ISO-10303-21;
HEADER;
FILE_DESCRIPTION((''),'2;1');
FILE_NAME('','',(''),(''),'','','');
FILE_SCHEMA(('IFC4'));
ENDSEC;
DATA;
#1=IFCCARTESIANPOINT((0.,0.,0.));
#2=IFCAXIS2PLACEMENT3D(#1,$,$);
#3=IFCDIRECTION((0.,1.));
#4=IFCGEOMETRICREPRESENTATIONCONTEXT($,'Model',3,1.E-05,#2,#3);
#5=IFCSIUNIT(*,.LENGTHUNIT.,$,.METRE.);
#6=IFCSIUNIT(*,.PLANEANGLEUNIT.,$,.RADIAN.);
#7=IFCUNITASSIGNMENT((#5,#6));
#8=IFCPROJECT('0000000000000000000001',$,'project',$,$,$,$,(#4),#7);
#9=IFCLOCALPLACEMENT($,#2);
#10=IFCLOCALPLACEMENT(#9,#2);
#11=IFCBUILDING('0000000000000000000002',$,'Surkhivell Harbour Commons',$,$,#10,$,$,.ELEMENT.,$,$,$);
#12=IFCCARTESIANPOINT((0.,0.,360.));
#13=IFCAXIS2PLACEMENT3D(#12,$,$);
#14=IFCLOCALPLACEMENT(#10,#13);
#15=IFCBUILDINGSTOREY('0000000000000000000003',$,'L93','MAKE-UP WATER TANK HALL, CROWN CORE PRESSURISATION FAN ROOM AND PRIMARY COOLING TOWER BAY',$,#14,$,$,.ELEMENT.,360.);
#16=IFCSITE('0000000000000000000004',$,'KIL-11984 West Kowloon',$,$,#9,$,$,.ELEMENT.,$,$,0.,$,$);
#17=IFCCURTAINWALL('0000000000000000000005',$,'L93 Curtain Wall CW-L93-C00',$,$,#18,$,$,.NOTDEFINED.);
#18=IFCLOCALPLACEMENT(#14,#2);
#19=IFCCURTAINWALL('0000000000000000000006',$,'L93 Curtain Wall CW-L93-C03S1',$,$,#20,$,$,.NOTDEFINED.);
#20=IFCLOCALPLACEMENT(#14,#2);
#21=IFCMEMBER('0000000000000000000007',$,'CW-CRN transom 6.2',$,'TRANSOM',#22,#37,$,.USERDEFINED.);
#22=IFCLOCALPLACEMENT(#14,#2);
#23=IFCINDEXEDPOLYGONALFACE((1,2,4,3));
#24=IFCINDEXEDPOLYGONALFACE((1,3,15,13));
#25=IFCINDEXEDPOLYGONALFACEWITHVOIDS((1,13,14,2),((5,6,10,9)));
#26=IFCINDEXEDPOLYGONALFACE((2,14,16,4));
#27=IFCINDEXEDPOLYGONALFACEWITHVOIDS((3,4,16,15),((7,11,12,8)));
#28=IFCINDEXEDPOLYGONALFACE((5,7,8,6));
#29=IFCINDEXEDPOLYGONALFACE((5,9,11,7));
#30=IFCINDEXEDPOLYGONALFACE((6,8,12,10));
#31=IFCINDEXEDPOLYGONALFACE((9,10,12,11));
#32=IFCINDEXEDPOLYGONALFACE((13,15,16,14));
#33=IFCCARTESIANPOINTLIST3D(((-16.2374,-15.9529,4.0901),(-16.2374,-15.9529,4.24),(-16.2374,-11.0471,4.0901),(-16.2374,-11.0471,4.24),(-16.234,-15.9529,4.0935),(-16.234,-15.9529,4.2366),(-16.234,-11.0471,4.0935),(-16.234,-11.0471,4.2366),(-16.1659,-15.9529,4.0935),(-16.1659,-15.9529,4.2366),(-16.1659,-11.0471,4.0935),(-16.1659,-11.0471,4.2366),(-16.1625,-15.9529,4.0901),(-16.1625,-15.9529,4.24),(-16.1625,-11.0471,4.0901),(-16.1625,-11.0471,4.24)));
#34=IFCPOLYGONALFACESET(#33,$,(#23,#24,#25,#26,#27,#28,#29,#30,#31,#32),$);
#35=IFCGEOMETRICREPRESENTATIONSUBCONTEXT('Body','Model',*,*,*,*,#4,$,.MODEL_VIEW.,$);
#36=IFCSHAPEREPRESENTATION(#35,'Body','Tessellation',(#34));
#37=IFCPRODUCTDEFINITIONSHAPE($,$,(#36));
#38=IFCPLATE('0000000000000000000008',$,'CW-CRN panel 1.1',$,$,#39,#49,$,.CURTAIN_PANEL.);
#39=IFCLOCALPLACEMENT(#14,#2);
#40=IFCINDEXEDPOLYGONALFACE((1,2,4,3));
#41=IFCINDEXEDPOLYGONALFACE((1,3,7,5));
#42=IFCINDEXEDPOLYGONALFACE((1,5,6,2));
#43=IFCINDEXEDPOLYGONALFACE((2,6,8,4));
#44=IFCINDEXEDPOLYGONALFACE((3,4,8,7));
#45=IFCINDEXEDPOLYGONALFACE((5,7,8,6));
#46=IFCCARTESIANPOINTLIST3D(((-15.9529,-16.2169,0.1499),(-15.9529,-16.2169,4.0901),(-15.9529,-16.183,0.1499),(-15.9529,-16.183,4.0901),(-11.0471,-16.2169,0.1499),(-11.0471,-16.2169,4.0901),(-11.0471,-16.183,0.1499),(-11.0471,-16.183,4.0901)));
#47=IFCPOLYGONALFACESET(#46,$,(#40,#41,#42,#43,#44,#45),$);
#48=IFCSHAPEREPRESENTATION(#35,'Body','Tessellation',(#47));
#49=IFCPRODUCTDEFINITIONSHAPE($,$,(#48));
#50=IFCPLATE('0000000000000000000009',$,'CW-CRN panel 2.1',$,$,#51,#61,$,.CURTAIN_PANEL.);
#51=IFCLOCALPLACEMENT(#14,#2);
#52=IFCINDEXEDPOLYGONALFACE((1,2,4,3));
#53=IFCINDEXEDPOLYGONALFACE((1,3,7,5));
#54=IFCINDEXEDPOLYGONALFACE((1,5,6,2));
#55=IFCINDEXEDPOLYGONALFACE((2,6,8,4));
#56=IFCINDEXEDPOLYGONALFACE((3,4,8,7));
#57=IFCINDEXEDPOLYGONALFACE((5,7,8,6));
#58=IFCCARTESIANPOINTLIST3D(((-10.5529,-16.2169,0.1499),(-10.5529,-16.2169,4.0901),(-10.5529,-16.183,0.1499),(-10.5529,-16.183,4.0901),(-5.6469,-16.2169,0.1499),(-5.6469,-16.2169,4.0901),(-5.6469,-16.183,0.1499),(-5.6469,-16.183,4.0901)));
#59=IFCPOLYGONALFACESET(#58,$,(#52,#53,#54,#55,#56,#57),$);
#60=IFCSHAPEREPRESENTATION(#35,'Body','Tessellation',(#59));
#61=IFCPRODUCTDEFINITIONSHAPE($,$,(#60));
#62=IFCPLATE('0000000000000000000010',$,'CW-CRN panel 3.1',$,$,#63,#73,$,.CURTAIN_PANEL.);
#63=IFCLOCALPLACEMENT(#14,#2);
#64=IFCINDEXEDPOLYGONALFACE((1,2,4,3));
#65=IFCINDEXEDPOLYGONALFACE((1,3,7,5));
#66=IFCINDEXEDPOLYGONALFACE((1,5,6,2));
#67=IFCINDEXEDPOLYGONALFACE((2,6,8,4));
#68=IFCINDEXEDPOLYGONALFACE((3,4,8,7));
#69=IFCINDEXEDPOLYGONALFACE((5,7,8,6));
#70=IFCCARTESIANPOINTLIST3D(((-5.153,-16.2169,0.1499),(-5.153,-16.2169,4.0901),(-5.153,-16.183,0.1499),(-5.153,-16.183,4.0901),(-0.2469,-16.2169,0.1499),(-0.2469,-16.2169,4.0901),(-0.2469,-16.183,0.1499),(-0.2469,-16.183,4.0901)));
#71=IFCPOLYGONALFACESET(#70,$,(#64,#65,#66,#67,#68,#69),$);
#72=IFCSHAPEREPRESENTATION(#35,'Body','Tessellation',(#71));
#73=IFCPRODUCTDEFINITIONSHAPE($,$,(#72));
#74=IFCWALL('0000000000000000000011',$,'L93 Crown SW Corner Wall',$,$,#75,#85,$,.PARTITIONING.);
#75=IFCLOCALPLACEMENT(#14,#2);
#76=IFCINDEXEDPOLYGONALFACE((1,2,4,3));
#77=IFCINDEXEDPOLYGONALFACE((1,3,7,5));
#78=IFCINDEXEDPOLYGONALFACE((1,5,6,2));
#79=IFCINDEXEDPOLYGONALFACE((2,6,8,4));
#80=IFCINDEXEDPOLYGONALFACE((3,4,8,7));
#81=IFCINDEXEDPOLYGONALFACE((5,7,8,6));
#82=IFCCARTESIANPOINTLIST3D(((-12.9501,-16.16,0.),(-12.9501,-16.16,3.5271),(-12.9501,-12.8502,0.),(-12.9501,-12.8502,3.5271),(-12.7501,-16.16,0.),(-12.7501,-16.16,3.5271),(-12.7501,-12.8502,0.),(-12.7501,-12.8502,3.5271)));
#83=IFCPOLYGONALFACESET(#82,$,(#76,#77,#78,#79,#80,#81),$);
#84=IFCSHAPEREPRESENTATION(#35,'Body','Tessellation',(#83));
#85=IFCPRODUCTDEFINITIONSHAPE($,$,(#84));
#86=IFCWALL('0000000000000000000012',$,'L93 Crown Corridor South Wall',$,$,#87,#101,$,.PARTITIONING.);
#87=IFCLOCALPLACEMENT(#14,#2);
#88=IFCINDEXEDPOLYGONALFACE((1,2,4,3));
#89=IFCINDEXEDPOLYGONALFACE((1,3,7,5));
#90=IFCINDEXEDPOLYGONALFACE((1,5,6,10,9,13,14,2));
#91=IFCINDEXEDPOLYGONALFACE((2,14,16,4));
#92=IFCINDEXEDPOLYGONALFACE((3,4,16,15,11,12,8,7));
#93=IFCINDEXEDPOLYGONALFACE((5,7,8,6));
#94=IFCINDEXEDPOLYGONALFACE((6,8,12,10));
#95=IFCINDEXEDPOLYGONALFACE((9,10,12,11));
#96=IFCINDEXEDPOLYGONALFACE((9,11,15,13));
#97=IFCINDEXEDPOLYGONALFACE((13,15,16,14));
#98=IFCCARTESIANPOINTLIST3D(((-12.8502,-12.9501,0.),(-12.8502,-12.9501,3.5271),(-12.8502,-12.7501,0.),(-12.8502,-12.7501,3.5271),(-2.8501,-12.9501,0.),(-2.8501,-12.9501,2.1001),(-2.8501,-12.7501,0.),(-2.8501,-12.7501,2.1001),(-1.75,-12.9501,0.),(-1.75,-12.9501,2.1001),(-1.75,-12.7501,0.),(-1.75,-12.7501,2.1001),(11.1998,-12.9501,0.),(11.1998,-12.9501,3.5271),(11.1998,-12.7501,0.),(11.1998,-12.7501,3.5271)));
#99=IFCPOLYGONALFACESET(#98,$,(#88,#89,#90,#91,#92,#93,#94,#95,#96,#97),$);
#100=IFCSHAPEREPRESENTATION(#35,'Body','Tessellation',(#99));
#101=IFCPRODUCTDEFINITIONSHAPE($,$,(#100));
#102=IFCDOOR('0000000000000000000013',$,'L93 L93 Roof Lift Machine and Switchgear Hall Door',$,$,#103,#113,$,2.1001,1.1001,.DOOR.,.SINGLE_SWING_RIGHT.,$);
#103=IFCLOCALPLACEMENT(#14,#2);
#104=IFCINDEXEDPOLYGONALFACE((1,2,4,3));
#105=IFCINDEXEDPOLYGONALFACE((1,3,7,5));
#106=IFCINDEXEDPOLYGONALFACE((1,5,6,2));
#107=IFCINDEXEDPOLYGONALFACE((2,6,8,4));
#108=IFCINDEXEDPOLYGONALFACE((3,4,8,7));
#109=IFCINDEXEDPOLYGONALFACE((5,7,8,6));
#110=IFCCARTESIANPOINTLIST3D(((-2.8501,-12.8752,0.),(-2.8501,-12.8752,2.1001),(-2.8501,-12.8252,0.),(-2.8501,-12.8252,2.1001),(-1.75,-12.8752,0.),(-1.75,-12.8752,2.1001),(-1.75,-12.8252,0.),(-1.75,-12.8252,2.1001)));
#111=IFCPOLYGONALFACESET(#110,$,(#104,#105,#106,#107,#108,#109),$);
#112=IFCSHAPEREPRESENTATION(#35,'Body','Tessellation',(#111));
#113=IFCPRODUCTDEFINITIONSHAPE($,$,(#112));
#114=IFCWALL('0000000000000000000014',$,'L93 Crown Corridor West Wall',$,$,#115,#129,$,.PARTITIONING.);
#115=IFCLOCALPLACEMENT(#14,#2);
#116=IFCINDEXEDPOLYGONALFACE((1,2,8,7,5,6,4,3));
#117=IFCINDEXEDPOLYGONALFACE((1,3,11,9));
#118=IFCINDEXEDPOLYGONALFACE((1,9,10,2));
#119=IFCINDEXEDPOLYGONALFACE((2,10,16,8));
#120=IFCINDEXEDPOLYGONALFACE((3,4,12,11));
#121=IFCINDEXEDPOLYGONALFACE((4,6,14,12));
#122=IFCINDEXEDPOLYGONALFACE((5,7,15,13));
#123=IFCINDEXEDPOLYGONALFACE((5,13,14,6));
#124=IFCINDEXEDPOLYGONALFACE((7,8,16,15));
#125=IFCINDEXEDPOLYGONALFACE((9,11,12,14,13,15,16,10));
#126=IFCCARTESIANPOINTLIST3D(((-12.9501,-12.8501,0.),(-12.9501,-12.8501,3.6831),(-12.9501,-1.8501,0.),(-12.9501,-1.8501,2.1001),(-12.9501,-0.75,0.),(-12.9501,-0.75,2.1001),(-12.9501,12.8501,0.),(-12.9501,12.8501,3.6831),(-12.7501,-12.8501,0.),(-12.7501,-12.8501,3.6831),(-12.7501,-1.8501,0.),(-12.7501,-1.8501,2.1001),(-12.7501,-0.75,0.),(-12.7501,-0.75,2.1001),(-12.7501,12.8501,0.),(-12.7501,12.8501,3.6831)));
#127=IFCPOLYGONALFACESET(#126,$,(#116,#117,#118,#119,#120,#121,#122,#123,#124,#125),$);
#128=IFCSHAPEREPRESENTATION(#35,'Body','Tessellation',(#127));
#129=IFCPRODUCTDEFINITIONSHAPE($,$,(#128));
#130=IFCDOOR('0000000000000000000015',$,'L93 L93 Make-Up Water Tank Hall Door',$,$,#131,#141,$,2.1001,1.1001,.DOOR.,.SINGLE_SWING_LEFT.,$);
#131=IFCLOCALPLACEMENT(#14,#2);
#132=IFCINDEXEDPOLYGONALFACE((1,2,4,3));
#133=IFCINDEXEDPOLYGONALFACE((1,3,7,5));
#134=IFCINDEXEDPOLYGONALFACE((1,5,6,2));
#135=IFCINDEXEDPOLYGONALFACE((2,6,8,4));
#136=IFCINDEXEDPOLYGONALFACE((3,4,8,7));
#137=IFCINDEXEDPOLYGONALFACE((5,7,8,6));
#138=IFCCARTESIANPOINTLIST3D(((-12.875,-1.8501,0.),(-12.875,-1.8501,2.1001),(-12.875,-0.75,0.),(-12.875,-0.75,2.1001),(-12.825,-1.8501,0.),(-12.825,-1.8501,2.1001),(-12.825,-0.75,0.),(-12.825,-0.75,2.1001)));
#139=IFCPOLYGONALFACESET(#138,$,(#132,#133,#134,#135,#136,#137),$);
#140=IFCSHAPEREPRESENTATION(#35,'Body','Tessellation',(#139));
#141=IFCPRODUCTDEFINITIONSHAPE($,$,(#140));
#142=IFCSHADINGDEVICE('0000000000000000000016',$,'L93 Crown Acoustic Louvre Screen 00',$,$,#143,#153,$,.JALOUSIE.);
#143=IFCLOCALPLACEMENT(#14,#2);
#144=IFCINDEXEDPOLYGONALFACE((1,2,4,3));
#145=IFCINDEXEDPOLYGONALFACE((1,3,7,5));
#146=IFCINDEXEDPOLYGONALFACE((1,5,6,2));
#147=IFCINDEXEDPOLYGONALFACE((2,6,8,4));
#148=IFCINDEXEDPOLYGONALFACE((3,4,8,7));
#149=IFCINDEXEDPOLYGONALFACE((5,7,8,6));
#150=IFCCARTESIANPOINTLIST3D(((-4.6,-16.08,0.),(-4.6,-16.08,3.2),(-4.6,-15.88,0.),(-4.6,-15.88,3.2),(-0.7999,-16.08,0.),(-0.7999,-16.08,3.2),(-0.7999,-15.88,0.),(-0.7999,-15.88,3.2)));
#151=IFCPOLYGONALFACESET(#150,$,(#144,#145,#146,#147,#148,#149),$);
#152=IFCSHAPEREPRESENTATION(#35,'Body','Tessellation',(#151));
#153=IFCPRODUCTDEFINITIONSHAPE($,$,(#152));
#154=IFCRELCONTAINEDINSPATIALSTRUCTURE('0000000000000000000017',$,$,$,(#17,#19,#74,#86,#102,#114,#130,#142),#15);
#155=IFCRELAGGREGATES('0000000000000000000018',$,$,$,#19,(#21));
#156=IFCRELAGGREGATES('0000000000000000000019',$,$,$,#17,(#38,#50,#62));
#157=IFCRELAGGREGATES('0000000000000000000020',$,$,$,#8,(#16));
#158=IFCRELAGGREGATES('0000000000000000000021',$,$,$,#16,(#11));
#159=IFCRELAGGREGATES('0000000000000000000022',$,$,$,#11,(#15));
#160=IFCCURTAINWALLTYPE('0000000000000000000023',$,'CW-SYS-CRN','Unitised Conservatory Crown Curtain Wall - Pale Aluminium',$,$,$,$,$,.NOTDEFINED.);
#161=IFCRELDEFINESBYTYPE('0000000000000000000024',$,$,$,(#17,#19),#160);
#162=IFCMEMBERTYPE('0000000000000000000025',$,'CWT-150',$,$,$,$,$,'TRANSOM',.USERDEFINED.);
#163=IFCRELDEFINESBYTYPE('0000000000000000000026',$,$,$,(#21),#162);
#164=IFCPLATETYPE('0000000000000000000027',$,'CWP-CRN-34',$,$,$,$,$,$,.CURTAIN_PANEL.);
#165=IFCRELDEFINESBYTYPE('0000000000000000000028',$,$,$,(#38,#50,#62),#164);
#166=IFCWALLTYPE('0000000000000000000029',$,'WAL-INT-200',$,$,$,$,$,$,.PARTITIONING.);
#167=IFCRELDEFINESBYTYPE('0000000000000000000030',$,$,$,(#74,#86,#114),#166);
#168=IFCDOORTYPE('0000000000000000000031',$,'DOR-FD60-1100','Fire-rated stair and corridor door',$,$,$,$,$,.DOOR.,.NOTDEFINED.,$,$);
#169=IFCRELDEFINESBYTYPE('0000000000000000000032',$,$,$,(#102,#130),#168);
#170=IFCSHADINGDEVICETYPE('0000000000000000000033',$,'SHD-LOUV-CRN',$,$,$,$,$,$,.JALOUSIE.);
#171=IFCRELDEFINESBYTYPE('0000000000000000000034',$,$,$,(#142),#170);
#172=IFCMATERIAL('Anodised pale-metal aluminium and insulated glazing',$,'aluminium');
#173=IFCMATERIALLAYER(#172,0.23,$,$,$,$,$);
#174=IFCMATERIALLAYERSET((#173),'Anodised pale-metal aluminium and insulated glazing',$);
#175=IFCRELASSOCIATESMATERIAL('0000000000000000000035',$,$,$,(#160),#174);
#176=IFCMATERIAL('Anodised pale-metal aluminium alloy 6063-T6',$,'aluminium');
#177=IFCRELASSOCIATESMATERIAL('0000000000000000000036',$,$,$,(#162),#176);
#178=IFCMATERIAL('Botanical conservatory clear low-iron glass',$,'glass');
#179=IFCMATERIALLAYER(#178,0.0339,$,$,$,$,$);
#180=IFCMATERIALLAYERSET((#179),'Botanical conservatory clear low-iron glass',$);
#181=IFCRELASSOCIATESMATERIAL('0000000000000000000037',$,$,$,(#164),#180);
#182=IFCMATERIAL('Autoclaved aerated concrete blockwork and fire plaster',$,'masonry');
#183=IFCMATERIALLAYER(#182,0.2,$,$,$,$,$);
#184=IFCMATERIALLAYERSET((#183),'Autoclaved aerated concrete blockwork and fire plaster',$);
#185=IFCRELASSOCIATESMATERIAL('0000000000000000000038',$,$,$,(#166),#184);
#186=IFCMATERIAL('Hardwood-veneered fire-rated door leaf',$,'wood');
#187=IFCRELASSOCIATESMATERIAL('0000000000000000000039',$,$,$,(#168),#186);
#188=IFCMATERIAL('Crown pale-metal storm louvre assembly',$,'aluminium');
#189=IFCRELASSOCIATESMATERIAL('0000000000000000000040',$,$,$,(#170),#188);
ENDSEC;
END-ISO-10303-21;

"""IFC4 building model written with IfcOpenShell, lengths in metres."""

from ifc_helpers import new_model, si_unit, direction, frame, frame_2d, origin, origin_2d, place, context, subcontext, project, spatial, rectangle, hollow_rectangle, extrude, material, layer, layer_set, material_profile, profile_set, type_object, element, fill, aggregate, save


model = new_model("IFC4")

# Units and contexts
model_context = context("Model", 3, precision=1e-05, world=origin(), true_north=direction((0.0, 1.0)))
body_context = subcontext(model_context, "Body", "Model", "MODEL_VIEW")
ifc_project = project(units=[si_unit("LENGTHUNIT", "METRE"), si_unit("PLANEANGLEUNIT", "RADIAN")], contexts=[model_context])

# Site, building, storey
site_placement = place(None, origin())
site = spatial("IfcSite", under=ifc_project, at=site_placement, Name="KIL-11984 West Kowloon", CompositionType="ELEMENT", RefElevation=0.0)
building_placement = place(site_placement, origin())
building = spatial("IfcBuilding", under=site, at=building_placement, Name="Surkhivell Harbour Commons", CompositionType="ELEMENT")
storey_placement = place(building_placement, frame((0.0, 0.0, 360.0)))
storey = spatial("IfcBuildingStorey", under=building, at=storey_placement, Name="L93", Description="MAKE-UP WATER TANK HALL, CROWN CORE PRESSURISATION FAN ROOM AND PRIMARY COOLING TOWER BAY", CompositionType="ELEMENT", Elevation=360.0)

# Curtain wall
ifc_material_1 = material(Name="Anodised pale-metal aluminium and insulated glazing", Category="aluminium")
ifc_layer_1 = layer(ifc_material_1, 0.23)
ifc_layer_set_1 = layer_set([ifc_layer_1], Name="Anodised pale-metal aluminium and insulated glazing")
curtain_wall_type = type_object("IfcCurtainWallType", Name="CW-SYS-CRN", Description="Unitised Conservatory Crown Curtain Wall - Pale Aluminium", PredefinedType="NOTDEFINED", material=ifc_layer_set_1)
curtain_wall_1_placement = place(storey_placement, origin())
curtain_wall_1 = element("IfcCurtainWall", 1, at=curtain_wall_1_placement, inside=storey, type_object=curtain_wall_type, Name="L93 Curtain Wall CW-L93-C00", PredefinedType="NOTDEFINED")
ifc_material_2 = material(Name="Anodised pale-metal aluminium alloy 6063-T6", Category="aluminium")

# Curtain wall
curtain_wall_2_placement = place(storey_placement, origin())
curtain_wall_2 = element("IfcCurtainWall", 2, at=curtain_wall_2_placement, inside=storey, type_object=curtain_wall_type, Name="L93 Curtain Wall CW-L93-C03S1", PredefinedType="NOTDEFINED")

# Member
ifc_material_profile_1 = material_profile(ifc_material_2, hollow_rectangle(XDim=0.075, YDim=0.1499, WallThickness=0.0034, at=origin_2d()), Name="ALU-TRAN-75x150")
ifc_profile_set_1 = profile_set([ifc_material_profile_1], Name="Anodised pale-metal aluminium alloy 6063-T6")
member_type_1 = type_object("IfcMemberType", Name="CWT-150", ElementType="TRANSOM", PredefinedType="USERDEFINED", material=ifc_profile_set_1)
member_1_placement = place(storey_placement, frame((-16.2, -11.0471, 4.165), z_axis=(0.0, -1.0, 0.0), x_axis=(1.0, 0.0, 0.0)))
member_1 = element("IfcMember", 3, at=member_1_placement, type_object=member_type_1, Name="CW-CRN transom 6.2", ObjectType="TRANSOM", PredefinedType="USERDEFINED", context=body_context, shape_type="SweptSolid", body=[
    extrude(hollow_rectangle(XDim=0.075, YDim=0.1499, WallThickness=0.0034, at=origin_2d()), origin(), (0.0, 0.0, 1.0), 4.9058),
])
aggregate(curtain_wall_2, [member_1])

# Plates
ifc_material_3 = material(Name="Botanical conservatory clear low-iron glass", Category="glass")
ifc_layer_2 = layer(ifc_material_3, 0.0339)
ifc_layer_set_2 = layer_set([ifc_layer_2], Name="Botanical conservatory clear low-iron glass")
plate_type = type_object("IfcPlateType", Name="CWP-CRN-34", PredefinedType="CURTAIN_PANEL", material=ifc_layer_set_2)
plate_1_placement = place(storey_placement, frame((-15.9529, -16.2, 0.1499), z_axis=(0.0, 0.0, 1.0), x_axis=(1.0, 0.0, 0.0)))
plate_1 = element("IfcPlate", 4, at=plate_1_placement, type_object=plate_type, Name="CW-CRN panel 1.1", PredefinedType="CURTAIN_PANEL", context=body_context, shape_type="SweptSolid", body=[
    extrude(rectangle(XDim=4.9058, YDim=0.0339, at=frame_2d((2.4529, 0.0))), origin(), (0.0, 0.0, 1.0), 3.9402),
])
plate_2_placement = place(storey_placement, frame((-10.553, -16.2, 0.1499), z_axis=(0.0, 0.0, 1.0), x_axis=(1.0, 0.0, 0.0)))
plate_2 = element("IfcPlate", 5, at=plate_2_placement, type_object=plate_type, Name="CW-CRN panel 2.1", PredefinedType="CURTAIN_PANEL", context=body_context, shape_type="SweptSolid", body=[
    extrude(rectangle(XDim=4.906, YDim=0.0339, at=frame_2d((2.4531, 0.0))), origin(), (0.0, 0.0, 1.0), 3.9402),
])
plate_3_placement = place(storey_placement, frame((-5.1531, -16.2, 0.1499), z_axis=(0.0, 0.0, 1.0), x_axis=(1.0, 0.0, 0.0)))
plate_3 = element("IfcPlate", 6, at=plate_3_placement, type_object=plate_type, Name="CW-CRN panel 3.1", PredefinedType="CURTAIN_PANEL", context=body_context, shape_type="SweptSolid", body=[
    extrude(rectangle(XDim=4.906, YDim=0.0339, at=frame_2d((2.4531, 0.0))), origin(), (0.0, 0.0, 1.0), 3.9402),
])
aggregate(curtain_wall_1, [plate_1, plate_2, plate_3])

# Wall
ifc_material_4 = material(Name="Autoclaved aerated concrete blockwork and fire plaster", Category="masonry")
ifc_layer_3 = layer(ifc_material_4, 0.2)
ifc_layer_set_3 = layer_set([ifc_layer_3], Name="Autoclaved aerated concrete blockwork and fire plaster")
wall_type = type_object("IfcWallType", Name="WAL-INT-200", PredefinedType="PARTITIONING", material=ifc_layer_set_3)
wall_1_placement = place(storey_placement, frame((-12.8501, -16.1599, 0.0), z_axis=(0.0, 0.0, 1.0), x_axis=(0.0, 1.0, 0.0)))
element("IfcWall", 7, at=wall_1_placement, inside=storey, type_object=wall_type, Name="L93 Crown SW Corner Wall", PredefinedType="PARTITIONING", context=body_context, shape_type="SweptSolid", body=[
    extrude(rectangle(XDim=3.3098, YDim=0.2, at=frame_2d((1.6548, 0.0))), origin(), (0.0, 0.0, 1.0), 3.5271),
])

# Walls, openings, doors
wall_2_placement = place(storey_placement, frame((-12.8501, -12.8501, 0.0), z_axis=(0.0, 0.0, 1.0), x_axis=(1.0, 0.0, 0.0)))
wall_2 = element("IfcWall", 8, at=wall_2_placement, inside=storey, type_object=wall_type, Name="L93 Crown Corridor South Wall", PredefinedType="PARTITIONING", context=body_context, shape_type="SweptSolid", body=[
    extrude(rectangle(XDim=24.05, YDim=0.2, at=frame_2d((12.0249, 0.0))), origin(), (0.0, 0.0, 1.0), 3.5271),
])
opening_1_placement = place(wall_2_placement, frame((10.0, 0.0, 0.0)))
opening_1 = element("IfcOpeningElement", 9, at=opening_1_placement, cuts=wall_2, PredefinedType="OPENING", context=body_context, shape_type="SweptSolid", body=[
    extrude(rectangle(XDim=1.1001, YDim=2.1001, at=frame_2d((0.55, 1.05))), frame((0.0, 0.1099, 0.0), z_axis=(0.0, -1.0, 0.0), x_axis=(1.0, 0.0, 0.0)), (0.0, 0.0, 1.0), 0.22),
])
ifc_material_5 = material(Name="Hardwood-veneered fire-rated door leaf", Category="wood")
door_type = type_object("IfcDoorType", Name="DOR-FD60-1100", Description="Fire-rated stair and corridor door", OperationType="NOTDEFINED", PredefinedType="DOOR", material=ifc_material_5)
door_1_placement = place(opening_1_placement, origin())
door_1 = element("IfcDoor", 10, at=door_1_placement, inside=storey, type_object=door_type, Name="L93 L93 Roof Lift Machine and Switchgear Hall Door", OperationType="SINGLE_SWING_RIGHT", OverallHeight=2.1001, OverallWidth=1.1001, PredefinedType="DOOR", context=body_context, shape_type="SweptSolid", body=[
    extrude(rectangle(XDim=1.1001, YDim=2.1001, at=frame_2d((0.55, 1.05))), frame((0.0, 0.0249, 0.0), z_axis=(0.0, -1.0, 0.0), x_axis=(1.0, 0.0, 0.0)), (0.0, 0.0, 1.0), 0.05),
])
fill(opening_1, door_1)
wall_3_placement = place(storey_placement, frame((-12.8501, -12.8501, 0.0), z_axis=(0.0, 0.0, 1.0), x_axis=(0.0, 1.0, 0.0)))
wall_3 = element("IfcWall", 11, at=wall_3_placement, inside=storey, type_object=wall_type, Name="L93 Crown Corridor West Wall", PredefinedType="PARTITIONING", context=body_context, shape_type="SweptSolid", body=[
    extrude(rectangle(XDim=25.7002, YDim=0.2, at=frame_2d((12.8501, 0.0))), origin(), (0.0, 0.0, 1.0), 3.6831),
])
opening_2_placement = place(wall_3_placement, frame((11.0, 0.0, 0.0)))
opening_2 = element("IfcOpeningElement", 12, at=opening_2_placement, cuts=wall_3, PredefinedType="OPENING", context=body_context, shape_type="SweptSolid", body=[
    extrude(rectangle(XDim=1.1001, YDim=2.1001, at=frame_2d((0.55, 1.05))), frame((0.0, 0.1099, 0.0), z_axis=(0.0, -1.0, 0.0), x_axis=(1.0, 0.0, 0.0)), (0.0, 0.0, 1.0), 0.22),
])
door_2_placement = place(opening_2_placement, origin())
door_2 = element("IfcDoor", 13, at=door_2_placement, inside=storey, type_object=door_type, Name="L93 L93 Make-Up Water Tank Hall Door", OperationType="SINGLE_SWING_LEFT", OverallHeight=2.1001, OverallWidth=1.1001, PredefinedType="DOOR", context=body_context, shape_type="SweptSolid", body=[
    extrude(rectangle(XDim=1.1001, YDim=2.1001, at=frame_2d((0.55, 1.05))), frame((0.0, 0.0249, 0.0), z_axis=(0.0, -1.0, 0.0), x_axis=(1.0, 0.0, 0.0)), (0.0, 0.0, 1.0), 0.05),
])
fill(opening_2, door_2)

# Shading device
ifc_material_6 = material(Name="Crown pale-metal storm louvre assembly", Category="aluminium")
shading_device_type = type_object("IfcShadingDeviceType", Name="SHD-LOUV-CRN", PredefinedType="JALOUSIE", material=ifc_material_6)
shading_device_placement = place(storey_placement, frame((-2.7, -15.98, 0.0), z_axis=(0.0, 0.0, 1.0), x_axis=(1.0, 0.0, 0.0)))
element("IfcShadingDevice", 14, at=shading_device_placement, inside=storey, type_object=shading_device_type, Name="L93 Crown Acoustic Louvre Screen 00", PredefinedType="JALOUSIE", context=body_context, shape_type="SweptSolid", body=[
    extrude(rectangle(XDim=3.8, YDim=0.2, at=origin_2d()), origin(), (0.0, 0.0, 1.0), 3.2),
])

save(model, "model.ifc")
